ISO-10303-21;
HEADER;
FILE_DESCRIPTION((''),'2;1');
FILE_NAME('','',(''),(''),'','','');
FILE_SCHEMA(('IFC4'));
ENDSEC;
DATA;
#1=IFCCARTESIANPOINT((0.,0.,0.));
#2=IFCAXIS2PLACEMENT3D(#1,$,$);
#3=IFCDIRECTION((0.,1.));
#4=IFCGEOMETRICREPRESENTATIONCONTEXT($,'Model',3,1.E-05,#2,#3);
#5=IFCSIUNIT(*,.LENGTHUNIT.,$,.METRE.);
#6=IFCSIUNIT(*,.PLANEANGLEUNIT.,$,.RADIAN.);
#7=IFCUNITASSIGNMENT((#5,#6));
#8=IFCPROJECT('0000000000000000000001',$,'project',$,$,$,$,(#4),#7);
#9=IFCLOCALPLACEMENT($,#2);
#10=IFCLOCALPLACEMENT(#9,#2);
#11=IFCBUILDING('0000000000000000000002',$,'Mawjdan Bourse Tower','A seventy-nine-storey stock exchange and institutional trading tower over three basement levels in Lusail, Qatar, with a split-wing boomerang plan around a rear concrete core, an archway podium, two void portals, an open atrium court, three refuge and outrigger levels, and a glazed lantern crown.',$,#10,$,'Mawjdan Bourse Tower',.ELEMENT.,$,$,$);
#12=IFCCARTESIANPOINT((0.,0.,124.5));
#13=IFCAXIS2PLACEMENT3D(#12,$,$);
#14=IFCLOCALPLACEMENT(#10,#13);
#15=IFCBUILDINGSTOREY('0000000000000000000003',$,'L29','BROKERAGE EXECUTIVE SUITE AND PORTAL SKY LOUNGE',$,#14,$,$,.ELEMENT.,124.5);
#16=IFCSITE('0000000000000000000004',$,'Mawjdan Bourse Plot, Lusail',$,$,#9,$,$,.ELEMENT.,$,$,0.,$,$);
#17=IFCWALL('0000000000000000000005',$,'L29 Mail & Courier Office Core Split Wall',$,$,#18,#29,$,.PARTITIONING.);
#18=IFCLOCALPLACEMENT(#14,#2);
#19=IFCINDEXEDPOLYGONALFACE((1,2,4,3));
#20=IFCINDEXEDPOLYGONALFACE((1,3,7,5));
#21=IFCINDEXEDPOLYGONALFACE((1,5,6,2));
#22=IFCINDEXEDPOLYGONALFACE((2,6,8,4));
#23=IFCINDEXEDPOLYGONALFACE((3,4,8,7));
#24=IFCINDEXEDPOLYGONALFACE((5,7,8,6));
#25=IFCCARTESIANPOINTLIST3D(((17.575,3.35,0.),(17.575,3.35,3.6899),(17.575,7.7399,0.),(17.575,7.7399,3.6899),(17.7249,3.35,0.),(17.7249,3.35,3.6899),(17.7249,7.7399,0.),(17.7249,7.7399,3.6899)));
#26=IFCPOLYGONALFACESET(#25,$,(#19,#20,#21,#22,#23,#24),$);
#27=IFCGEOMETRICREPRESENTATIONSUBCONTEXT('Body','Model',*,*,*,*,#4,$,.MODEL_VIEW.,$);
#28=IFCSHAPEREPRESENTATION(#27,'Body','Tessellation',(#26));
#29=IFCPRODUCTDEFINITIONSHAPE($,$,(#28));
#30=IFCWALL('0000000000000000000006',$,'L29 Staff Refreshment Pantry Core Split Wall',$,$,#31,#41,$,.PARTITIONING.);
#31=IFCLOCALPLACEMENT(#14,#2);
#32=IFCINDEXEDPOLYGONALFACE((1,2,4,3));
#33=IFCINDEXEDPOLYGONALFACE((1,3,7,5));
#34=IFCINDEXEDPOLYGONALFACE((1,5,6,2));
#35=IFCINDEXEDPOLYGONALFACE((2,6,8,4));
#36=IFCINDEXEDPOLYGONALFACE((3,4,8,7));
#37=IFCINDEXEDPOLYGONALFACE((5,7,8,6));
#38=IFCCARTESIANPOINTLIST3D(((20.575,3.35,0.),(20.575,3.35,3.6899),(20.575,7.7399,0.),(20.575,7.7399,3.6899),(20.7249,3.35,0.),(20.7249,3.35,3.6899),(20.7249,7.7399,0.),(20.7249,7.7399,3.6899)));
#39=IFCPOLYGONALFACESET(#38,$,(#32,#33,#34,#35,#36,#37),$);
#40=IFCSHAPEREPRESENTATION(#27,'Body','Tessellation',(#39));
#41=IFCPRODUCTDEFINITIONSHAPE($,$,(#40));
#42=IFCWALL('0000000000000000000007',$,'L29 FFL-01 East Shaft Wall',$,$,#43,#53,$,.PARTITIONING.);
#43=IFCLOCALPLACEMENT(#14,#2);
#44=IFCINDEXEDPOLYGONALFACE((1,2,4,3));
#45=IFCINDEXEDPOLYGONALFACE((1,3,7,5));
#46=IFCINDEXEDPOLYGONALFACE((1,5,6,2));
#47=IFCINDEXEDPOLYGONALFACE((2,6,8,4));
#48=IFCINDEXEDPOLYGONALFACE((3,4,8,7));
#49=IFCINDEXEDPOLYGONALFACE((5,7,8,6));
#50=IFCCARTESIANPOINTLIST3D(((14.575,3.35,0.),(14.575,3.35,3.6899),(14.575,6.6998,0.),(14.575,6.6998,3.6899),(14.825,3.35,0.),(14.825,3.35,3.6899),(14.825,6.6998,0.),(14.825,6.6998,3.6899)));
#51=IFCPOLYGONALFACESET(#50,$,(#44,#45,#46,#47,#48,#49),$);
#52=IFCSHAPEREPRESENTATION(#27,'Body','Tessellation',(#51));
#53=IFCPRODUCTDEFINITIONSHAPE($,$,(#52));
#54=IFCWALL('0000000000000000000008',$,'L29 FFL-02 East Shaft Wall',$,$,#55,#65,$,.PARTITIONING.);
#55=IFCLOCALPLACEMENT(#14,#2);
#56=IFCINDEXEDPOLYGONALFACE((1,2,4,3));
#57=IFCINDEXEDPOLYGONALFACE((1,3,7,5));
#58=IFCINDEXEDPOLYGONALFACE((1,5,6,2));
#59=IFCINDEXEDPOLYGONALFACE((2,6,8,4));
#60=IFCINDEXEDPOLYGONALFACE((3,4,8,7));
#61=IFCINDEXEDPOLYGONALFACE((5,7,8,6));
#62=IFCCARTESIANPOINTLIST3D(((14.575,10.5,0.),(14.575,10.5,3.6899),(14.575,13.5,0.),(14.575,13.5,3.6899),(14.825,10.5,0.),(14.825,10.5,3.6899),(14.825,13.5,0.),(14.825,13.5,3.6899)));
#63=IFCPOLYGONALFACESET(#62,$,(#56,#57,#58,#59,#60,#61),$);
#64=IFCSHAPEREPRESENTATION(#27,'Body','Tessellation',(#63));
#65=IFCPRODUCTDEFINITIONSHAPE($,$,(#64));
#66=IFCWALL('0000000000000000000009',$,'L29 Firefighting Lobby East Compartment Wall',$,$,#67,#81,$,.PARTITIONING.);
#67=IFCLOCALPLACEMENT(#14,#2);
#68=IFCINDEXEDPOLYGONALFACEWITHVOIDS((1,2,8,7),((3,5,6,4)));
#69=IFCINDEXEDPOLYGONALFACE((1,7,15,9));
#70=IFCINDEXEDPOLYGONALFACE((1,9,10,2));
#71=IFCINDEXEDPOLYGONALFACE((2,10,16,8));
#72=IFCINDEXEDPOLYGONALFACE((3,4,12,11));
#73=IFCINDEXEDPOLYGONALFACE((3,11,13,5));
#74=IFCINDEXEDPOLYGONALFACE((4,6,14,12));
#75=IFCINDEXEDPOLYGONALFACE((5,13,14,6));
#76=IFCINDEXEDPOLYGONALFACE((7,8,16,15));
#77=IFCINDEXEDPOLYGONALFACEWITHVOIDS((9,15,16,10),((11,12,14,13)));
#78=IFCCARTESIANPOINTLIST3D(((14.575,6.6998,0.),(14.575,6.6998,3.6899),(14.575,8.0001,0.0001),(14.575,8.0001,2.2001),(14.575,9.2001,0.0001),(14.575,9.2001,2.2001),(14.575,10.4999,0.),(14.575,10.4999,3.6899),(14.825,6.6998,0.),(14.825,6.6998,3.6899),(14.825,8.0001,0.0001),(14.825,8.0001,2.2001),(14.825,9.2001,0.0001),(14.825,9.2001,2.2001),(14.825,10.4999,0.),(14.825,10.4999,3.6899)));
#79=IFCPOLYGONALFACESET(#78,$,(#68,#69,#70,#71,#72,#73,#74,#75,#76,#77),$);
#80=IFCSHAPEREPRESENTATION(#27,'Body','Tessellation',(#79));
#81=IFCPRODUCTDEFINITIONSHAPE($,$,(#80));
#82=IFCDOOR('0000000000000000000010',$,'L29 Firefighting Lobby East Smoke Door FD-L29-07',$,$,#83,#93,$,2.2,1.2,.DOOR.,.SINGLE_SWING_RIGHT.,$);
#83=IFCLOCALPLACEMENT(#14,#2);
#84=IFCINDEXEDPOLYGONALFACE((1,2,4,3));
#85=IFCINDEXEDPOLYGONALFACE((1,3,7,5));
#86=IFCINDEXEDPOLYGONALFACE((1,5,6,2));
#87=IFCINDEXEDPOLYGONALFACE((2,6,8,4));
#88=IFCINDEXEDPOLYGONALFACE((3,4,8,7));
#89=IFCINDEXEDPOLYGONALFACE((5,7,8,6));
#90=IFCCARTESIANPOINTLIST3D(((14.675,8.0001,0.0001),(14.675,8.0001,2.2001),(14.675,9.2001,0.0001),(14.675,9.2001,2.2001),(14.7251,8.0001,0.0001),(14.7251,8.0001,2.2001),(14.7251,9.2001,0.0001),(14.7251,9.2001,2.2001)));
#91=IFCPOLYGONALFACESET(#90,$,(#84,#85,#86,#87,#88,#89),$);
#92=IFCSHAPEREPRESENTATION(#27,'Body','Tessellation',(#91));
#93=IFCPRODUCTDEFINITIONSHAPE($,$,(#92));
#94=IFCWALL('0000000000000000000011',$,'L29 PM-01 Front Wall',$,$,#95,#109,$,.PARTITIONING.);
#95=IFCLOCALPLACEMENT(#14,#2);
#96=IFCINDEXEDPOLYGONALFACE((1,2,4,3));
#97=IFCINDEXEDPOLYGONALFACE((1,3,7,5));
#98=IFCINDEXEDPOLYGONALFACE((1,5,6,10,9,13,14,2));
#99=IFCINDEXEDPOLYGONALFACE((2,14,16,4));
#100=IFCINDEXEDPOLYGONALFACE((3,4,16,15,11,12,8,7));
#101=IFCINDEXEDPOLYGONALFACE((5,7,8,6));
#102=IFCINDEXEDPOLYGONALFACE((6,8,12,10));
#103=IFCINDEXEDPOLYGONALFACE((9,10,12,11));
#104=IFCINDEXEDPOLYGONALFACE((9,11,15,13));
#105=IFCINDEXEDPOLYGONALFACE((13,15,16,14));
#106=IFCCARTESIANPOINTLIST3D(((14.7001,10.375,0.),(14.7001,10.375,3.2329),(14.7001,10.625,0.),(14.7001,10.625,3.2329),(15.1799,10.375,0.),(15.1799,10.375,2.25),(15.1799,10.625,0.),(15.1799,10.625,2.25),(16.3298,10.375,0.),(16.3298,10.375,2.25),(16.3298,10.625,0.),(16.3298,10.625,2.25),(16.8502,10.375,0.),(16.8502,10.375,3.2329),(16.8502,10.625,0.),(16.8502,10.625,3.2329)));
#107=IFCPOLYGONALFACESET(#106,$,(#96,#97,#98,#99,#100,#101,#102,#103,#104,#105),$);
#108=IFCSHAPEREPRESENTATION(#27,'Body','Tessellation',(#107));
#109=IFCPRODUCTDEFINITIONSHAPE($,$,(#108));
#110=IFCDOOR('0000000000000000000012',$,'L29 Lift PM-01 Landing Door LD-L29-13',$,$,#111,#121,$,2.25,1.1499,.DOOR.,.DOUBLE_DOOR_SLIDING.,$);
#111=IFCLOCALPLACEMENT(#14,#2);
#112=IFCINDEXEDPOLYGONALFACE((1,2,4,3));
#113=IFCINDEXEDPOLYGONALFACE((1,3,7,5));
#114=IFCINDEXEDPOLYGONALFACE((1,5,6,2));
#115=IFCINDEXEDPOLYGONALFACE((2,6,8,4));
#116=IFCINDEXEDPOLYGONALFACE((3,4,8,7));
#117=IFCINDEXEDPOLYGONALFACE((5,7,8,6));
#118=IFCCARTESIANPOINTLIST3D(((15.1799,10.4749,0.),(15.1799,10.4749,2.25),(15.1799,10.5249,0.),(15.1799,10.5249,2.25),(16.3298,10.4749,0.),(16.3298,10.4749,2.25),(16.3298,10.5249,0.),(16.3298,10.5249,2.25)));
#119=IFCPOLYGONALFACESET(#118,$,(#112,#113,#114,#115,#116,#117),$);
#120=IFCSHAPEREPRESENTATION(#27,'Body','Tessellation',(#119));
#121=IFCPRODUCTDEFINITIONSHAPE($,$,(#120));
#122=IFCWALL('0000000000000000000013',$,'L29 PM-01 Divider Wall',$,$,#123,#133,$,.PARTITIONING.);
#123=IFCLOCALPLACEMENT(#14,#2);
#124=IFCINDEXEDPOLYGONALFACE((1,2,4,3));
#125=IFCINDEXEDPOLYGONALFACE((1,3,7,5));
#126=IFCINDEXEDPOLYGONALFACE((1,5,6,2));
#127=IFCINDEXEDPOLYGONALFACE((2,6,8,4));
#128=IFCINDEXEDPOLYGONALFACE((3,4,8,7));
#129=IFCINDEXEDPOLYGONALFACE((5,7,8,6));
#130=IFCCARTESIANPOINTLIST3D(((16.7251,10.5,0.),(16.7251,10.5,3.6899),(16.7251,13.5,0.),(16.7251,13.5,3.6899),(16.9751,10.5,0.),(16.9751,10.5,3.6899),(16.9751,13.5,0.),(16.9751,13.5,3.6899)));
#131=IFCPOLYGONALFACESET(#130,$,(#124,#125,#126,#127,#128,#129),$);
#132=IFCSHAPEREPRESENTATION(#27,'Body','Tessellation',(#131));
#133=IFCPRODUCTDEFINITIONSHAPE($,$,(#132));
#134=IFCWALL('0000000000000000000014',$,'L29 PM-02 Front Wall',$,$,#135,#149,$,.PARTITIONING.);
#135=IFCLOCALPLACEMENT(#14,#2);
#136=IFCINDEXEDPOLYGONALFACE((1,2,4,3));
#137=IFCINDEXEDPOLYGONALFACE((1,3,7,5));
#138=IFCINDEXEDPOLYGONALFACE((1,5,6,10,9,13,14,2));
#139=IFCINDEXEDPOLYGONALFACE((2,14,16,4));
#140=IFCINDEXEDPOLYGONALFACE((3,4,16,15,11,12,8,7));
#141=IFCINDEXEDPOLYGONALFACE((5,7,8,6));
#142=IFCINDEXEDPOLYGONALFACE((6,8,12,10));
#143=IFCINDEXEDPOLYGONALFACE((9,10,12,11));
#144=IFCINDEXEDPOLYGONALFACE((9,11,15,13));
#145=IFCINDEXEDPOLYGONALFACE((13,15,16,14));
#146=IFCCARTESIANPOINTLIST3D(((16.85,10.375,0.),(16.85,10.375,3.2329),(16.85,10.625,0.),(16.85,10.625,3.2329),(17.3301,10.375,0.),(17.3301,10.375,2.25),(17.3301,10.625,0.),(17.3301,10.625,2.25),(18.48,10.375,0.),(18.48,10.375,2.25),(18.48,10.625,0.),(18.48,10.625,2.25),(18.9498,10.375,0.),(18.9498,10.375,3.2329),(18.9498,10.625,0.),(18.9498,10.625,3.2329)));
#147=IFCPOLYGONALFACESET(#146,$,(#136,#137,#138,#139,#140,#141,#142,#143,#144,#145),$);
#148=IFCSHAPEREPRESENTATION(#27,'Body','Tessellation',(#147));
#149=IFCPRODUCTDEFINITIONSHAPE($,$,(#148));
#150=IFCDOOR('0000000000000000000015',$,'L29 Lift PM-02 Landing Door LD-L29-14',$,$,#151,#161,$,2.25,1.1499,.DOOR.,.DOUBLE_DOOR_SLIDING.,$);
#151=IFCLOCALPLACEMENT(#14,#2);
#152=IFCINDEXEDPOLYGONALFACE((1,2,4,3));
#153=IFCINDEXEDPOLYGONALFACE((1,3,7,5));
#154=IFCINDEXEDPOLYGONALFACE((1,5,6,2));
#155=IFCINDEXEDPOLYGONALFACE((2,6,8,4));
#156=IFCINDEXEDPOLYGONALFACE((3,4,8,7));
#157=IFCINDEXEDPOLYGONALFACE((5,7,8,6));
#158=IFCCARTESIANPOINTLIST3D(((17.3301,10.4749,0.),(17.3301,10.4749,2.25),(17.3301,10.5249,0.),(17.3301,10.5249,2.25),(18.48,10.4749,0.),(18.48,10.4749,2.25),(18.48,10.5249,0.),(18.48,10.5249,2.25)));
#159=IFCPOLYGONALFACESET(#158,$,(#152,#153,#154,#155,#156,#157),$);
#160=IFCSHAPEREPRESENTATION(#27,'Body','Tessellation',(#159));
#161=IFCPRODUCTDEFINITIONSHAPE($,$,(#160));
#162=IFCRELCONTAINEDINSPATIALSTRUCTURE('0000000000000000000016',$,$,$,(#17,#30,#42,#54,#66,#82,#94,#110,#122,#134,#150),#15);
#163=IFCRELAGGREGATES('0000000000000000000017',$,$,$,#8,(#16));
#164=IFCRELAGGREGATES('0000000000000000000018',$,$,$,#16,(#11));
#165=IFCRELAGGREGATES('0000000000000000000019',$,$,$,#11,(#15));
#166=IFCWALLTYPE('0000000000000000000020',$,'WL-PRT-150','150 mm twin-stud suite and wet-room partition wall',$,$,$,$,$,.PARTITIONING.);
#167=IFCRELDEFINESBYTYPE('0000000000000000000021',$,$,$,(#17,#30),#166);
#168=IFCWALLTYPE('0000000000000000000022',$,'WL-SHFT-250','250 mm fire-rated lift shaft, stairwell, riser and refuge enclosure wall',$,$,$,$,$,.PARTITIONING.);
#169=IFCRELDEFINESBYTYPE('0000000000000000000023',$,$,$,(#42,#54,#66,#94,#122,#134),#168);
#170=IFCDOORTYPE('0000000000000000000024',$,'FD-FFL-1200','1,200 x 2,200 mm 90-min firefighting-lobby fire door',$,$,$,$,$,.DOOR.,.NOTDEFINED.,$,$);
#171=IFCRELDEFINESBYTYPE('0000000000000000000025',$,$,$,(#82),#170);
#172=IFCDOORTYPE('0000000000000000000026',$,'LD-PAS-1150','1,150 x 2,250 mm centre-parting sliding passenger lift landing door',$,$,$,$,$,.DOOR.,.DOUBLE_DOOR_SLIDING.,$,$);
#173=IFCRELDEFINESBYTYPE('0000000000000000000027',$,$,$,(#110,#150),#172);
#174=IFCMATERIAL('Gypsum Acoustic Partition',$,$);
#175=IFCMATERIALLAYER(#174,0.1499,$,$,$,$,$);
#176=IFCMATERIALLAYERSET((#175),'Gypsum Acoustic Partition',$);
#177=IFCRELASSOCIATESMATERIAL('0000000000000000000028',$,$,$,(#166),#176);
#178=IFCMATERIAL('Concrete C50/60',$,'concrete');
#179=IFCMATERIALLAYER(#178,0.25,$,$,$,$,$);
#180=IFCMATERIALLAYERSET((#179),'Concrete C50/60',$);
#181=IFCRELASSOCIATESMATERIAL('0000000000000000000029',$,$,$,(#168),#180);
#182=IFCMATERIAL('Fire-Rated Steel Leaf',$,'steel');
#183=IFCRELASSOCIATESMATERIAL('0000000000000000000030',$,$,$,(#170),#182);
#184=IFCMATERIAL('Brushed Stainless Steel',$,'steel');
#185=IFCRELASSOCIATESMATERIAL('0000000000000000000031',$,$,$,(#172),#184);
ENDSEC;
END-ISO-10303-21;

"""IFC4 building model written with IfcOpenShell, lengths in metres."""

from ifc_helpers import new_model, si_unit, direction, frame, frame_2d, origin, place, context, subcontext, project, spatial, rectangle, extrude, material, layer, layer_set, type_object, element, fill, save


model = new_model("IFC4")

# Units and contexts
model_context = context("Model", 3, precision=1e-05, world=origin(), true_north=direction((0.0, 1.0)))
body_context = subcontext(model_context, "Body", "Model", "MODEL_VIEW")
ifc_project = project(units=[si_unit("LENGTHUNIT", "METRE"), si_unit("PLANEANGLEUNIT", "RADIAN")], contexts=[model_context])

# Site, building, storey
site_placement = place(None, origin())
site = spatial("IfcSite", under=ifc_project, at=site_placement, Name="Mawjdan Bourse Plot, Lusail", CompositionType="ELEMENT", RefElevation=0.0)
building_placement = place(site_placement, origin())
building = spatial("IfcBuilding", under=site, at=building_placement, Name="Mawjdan Bourse Tower", Description="A seventy-nine-storey stock exchange and institutional trading tower over three basement levels in Lusail, Qatar, with a split-wing boomerang plan around a rear concrete core, an archway podium, two void portals, an open atrium court, three refuge and outrigger levels, and a glazed lantern crown.", LongName="Mawjdan Bourse Tower", CompositionType="ELEMENT")
storey_placement = place(building_placement, frame((0.0, 0.0, 124.5)))
storey = spatial("IfcBuildingStorey", under=building, at=storey_placement, Name="L29", Description="BROKERAGE EXECUTIVE SUITE AND PORTAL SKY LOUNGE", CompositionType="ELEMENT", Elevation=124.5)

# Walls
ifc_material_1 = material(Name="Gypsum Acoustic Partition")
ifc_layer_1 = layer(ifc_material_1, 0.1499)
ifc_layer_set_1 = layer_set([ifc_layer_1], Name="Gypsum Acoustic Partition")
wall_type_1 = type_object("IfcWallType", Name="WL-PRT-150", Description="150 mm twin-stud suite and wet-room partition wall", PredefinedType="PARTITIONING", material=ifc_layer_set_1)
for number, where, z_axis, x_axis, name in (
    (1, (17.6499, 3.3501, 0.0), (0.0, 0.0, 1.0), (0.0, 1.0, 0.0), "L29 Mail & Courier Office Core Split Wall"),
    (2, (20.6499, 3.3501, 0.0), (0.0, 0.0, 1.0), (0.0, 1.0, 0.0), "L29 Staff Refreshment Pantry Core Split Wall"),
):
    element("IfcWall", number, at=place(storey_placement, frame(where, z_axis=z_axis, x_axis=x_axis)), inside=storey, type_object=wall_type_1, Name=name, PredefinedType="PARTITIONING", context=body_context, shape_type="SweptSolid", body=[
        extrude(rectangle(XDim=4.3899, YDim=0.1499, at=frame_2d((2.1948, 0.0))), origin(), (0.0, 0.0, 1.0), 3.6899),
    ])
ifc_material_2 = material(Name="Concrete C50/60", Category="concrete")
ifc_layer_2 = layer(ifc_material_2, 0.25)
ifc_layer_set_2 = layer_set([ifc_layer_2], Name="Concrete C50/60")
wall_type_2 = type_object("IfcWallType", Name="WL-SHFT-250", Description="250 mm fire-rated lift shaft, stairwell, riser and refuge enclosure wall", PredefinedType="PARTITIONING", material=ifc_layer_set_2)
wall_1_placement = place(storey_placement, frame((14.7, 3.3501, 0.0), z_axis=(0.0, 0.0, 1.0), x_axis=(0.0, 1.0, 0.0)))
element("IfcWall", 3, at=wall_1_placement, inside=storey, type_object=wall_type_2, Name="L29 FFL-01 East Shaft Wall", PredefinedType="PARTITIONING", context=body_context, shape_type="SweptSolid", body=[
    extrude(rectangle(XDim=3.3499, YDim=0.25, at=frame_2d((1.6748, 0.0))), origin(), (0.0, 0.0, 1.0), 3.6899),
])
wall_2_placement = place(storey_placement, frame((14.7, 10.5, 0.0), z_axis=(0.0, 0.0, 1.0), x_axis=(0.0, 1.0, 0.0)))
element("IfcWall", 4, at=wall_2_placement, inside=storey, type_object=wall_type_2, Name="L29 FFL-02 East Shaft Wall", PredefinedType="PARTITIONING", context=body_context, shape_type="SweptSolid", body=[
    extrude(rectangle(XDim=3.0, YDim=0.25, at=frame_2d((1.5, 0.0))), origin(), (0.0, 0.0, 1.0), 3.6899),
])

# Walls, openings, doors
wall_3_placement = place(storey_placement, frame((14.7, 6.7, 0.0), z_axis=(0.0, 0.0, 1.0), x_axis=(0.0, 1.0, 0.0)))
wall_3 = element("IfcWall", 5, at=wall_3_placement, inside=storey, type_object=wall_type_2, Name="L29 Firefighting Lobby East Compartment Wall", PredefinedType="PARTITIONING", context=body_context, shape_type="SweptSolid", body=[
    extrude(rectangle(XDim=3.8, YDim=0.25, at=frame_2d((1.8999, 0.0))), origin(), (0.0, 0.0, 1.0), 3.6899),
])
opening_1_placement = place(wall_3_placement, frame((1.3, 0.0, 0.0)))
opening_1 = element("IfcOpeningElement", 6, at=opening_1_placement, cuts=wall_3, PredefinedType="OPENING", context=body_context, shape_type="SweptSolid", body=[
    extrude(rectangle(XDim=1.2, YDim=2.2, at=frame_2d((0.6001, 1.1001))), frame((0.0, 0.135, 0.0), z_axis=(0.0, -1.0, 0.0), x_axis=(1.0, 0.0, 0.0)), (0.0, 0.0, 1.0), 0.27),
])
ifc_material_3 = material(Name="Fire-Rated Steel Leaf", Category="steel")
door_type_1 = type_object("IfcDoorType", Name="FD-FFL-1200", Description="1,200 x 2,200 mm 90-min firefighting-lobby fire door", OperationType="NOTDEFINED", PredefinedType="DOOR", material=ifc_material_3)
door_1_placement = place(opening_1_placement, origin())
door_1 = element("IfcDoor", 7, at=door_1_placement, inside=storey, type_object=door_type_1, Name="L29 Firefighting Lobby East Smoke Door FD-L29-07", OperationType="SINGLE_SWING_RIGHT", OverallHeight=2.2, OverallWidth=1.2, PredefinedType="DOOR", context=body_context, shape_type="SweptSolid", body=[
    extrude(rectangle(XDim=1.2, YDim=2.2, at=frame_2d((0.6001, 1.1001))), frame((0.0, 0.0249, 0.0), z_axis=(0.0, -1.0, 0.0), x_axis=(1.0, 0.0, 0.0)), (0.0, 0.0, 1.0), 0.05),
])
fill(opening_1, door_1)
wall_4_placement = place(storey_placement, frame((14.7, 10.5, 0.0), z_axis=(0.0, 0.0, 1.0), x_axis=(1.0, 0.0, 0.0)))
wall_4 = element("IfcWall", 8, at=wall_4_placement, inside=storey, type_object=wall_type_2, Name="L29 PM-01 Front Wall", PredefinedType="PARTITIONING", context=body_context, shape_type="SweptSolid", body=[
    extrude(rectangle(XDim=2.1501, YDim=0.25, at=frame_2d((1.0752, 0.0))), origin(), (0.0, 0.0, 1.0), 3.2329),
])
opening_2_placement = place(wall_4_placement, frame((0.48, 0.0, 0.0)))
opening_2 = element("IfcOpeningElement", 9, at=opening_2_placement, cuts=wall_4, PredefinedType="OPENING", context=body_context, shape_type="SweptSolid", body=[
    extrude(rectangle(XDim=1.1499, YDim=2.25, at=frame_2d((0.575, 1.125))), frame((0.0, 0.135, 0.0), z_axis=(0.0, -1.0, 0.0), x_axis=(1.0, 0.0, 0.0)), (0.0, 0.0, 1.0), 0.27),
])
ifc_material_4 = material(Name="Brushed Stainless Steel", Category="steel")
door_type_2 = type_object("IfcDoorType", Name="LD-PAS-1150", Description="1,150 x 2,250 mm centre-parting sliding passenger lift landing door", OperationType="DOUBLE_DOOR_SLIDING", PredefinedType="DOOR", material=ifc_material_4)
door_2_placement = place(opening_2_placement, origin())
door_2 = element("IfcDoor", 10, at=door_2_placement, inside=storey, type_object=door_type_2, Name="L29 Lift PM-01 Landing Door LD-L29-13", OperationType="DOUBLE_DOOR_SLIDING", OverallHeight=2.25, OverallWidth=1.1499, PredefinedType="DOOR", context=body_context, shape_type="SweptSolid", body=[
    extrude(rectangle(XDim=1.1499, YDim=2.25, at=frame_2d((0.575, 1.125))), frame((0.0, 0.0249, 0.0), z_axis=(0.0, -1.0, 0.0), x_axis=(1.0, 0.0, 0.0)), (0.0, 0.0, 1.0), 0.05),
])
fill(opening_2, door_2)

# Wall
wall_5_placement = place(storey_placement, frame((16.8501, 10.5, 0.0), z_axis=(0.0, 0.0, 1.0), x_axis=(0.0, 1.0, 0.0)))
element("IfcWall", 11, at=wall_5_placement, inside=storey, type_object=wall_type_2, Name="L29 PM-01 Divider Wall", PredefinedType="PARTITIONING", context=body_context, shape_type="SweptSolid", body=[
    extrude(rectangle(XDim=3.0, YDim=0.25, at=frame_2d((1.5, 0.0))), origin(), (0.0, 0.0, 1.0), 3.6899),
])

# Wall, opening, door
wall_6_placement = place(storey_placement, frame((16.8501, 10.5, 0.0), z_axis=(0.0, 0.0, 1.0), x_axis=(1.0, 0.0, 0.0)))
wall_6 = element("IfcWall", 12, at=wall_6_placement, inside=storey, type_object=wall_type_2, Name="L29 PM-02 Front Wall", PredefinedType="PARTITIONING", context=body_context, shape_type="SweptSolid", body=[
    extrude(rectangle(XDim=2.0999, YDim=0.25, at=frame_2d((1.0498, 0.0))), origin(), (0.0, 0.0, 1.0), 3.2329),
])
opening_3_placement = place(wall_6_placement, frame((0.48, 0.0, 0.0)))
opening_3 = element("IfcOpeningElement", 13, at=opening_3_placement, cuts=wall_6, PredefinedType="OPENING", context=body_context, shape_type="SweptSolid", body=[
    extrude(rectangle(XDim=1.1499, YDim=2.25, at=frame_2d((0.575, 1.125))), frame((0.0, 0.135, 0.0), z_axis=(0.0, -1.0, 0.0), x_axis=(1.0, 0.0, 0.0)), (0.0, 0.0, 1.0), 0.27),
])
door_3_placement = place(opening_3_placement, origin())
door_3 = element("IfcDoor", 14, at=door_3_placement, inside=storey, type_object=door_type_2, Name="L29 Lift PM-02 Landing Door LD-L29-14", OperationType="DOUBLE_DOOR_SLIDING", OverallHeight=2.25, OverallWidth=1.1499, PredefinedType="DOOR", context=body_context, shape_type="SweptSolid", body=[
    extrude(rectangle(XDim=1.1499, YDim=2.25, at=frame_2d((0.575, 1.125))), frame((0.0, 0.0249, 0.0), z_axis=(0.0, -1.0, 0.0), x_axis=(1.0, 0.0, 0.0)), (0.0, 0.0, 1.0), 0.05),
])
fill(opening_3, door_3)

save(model, "model.ifc")
